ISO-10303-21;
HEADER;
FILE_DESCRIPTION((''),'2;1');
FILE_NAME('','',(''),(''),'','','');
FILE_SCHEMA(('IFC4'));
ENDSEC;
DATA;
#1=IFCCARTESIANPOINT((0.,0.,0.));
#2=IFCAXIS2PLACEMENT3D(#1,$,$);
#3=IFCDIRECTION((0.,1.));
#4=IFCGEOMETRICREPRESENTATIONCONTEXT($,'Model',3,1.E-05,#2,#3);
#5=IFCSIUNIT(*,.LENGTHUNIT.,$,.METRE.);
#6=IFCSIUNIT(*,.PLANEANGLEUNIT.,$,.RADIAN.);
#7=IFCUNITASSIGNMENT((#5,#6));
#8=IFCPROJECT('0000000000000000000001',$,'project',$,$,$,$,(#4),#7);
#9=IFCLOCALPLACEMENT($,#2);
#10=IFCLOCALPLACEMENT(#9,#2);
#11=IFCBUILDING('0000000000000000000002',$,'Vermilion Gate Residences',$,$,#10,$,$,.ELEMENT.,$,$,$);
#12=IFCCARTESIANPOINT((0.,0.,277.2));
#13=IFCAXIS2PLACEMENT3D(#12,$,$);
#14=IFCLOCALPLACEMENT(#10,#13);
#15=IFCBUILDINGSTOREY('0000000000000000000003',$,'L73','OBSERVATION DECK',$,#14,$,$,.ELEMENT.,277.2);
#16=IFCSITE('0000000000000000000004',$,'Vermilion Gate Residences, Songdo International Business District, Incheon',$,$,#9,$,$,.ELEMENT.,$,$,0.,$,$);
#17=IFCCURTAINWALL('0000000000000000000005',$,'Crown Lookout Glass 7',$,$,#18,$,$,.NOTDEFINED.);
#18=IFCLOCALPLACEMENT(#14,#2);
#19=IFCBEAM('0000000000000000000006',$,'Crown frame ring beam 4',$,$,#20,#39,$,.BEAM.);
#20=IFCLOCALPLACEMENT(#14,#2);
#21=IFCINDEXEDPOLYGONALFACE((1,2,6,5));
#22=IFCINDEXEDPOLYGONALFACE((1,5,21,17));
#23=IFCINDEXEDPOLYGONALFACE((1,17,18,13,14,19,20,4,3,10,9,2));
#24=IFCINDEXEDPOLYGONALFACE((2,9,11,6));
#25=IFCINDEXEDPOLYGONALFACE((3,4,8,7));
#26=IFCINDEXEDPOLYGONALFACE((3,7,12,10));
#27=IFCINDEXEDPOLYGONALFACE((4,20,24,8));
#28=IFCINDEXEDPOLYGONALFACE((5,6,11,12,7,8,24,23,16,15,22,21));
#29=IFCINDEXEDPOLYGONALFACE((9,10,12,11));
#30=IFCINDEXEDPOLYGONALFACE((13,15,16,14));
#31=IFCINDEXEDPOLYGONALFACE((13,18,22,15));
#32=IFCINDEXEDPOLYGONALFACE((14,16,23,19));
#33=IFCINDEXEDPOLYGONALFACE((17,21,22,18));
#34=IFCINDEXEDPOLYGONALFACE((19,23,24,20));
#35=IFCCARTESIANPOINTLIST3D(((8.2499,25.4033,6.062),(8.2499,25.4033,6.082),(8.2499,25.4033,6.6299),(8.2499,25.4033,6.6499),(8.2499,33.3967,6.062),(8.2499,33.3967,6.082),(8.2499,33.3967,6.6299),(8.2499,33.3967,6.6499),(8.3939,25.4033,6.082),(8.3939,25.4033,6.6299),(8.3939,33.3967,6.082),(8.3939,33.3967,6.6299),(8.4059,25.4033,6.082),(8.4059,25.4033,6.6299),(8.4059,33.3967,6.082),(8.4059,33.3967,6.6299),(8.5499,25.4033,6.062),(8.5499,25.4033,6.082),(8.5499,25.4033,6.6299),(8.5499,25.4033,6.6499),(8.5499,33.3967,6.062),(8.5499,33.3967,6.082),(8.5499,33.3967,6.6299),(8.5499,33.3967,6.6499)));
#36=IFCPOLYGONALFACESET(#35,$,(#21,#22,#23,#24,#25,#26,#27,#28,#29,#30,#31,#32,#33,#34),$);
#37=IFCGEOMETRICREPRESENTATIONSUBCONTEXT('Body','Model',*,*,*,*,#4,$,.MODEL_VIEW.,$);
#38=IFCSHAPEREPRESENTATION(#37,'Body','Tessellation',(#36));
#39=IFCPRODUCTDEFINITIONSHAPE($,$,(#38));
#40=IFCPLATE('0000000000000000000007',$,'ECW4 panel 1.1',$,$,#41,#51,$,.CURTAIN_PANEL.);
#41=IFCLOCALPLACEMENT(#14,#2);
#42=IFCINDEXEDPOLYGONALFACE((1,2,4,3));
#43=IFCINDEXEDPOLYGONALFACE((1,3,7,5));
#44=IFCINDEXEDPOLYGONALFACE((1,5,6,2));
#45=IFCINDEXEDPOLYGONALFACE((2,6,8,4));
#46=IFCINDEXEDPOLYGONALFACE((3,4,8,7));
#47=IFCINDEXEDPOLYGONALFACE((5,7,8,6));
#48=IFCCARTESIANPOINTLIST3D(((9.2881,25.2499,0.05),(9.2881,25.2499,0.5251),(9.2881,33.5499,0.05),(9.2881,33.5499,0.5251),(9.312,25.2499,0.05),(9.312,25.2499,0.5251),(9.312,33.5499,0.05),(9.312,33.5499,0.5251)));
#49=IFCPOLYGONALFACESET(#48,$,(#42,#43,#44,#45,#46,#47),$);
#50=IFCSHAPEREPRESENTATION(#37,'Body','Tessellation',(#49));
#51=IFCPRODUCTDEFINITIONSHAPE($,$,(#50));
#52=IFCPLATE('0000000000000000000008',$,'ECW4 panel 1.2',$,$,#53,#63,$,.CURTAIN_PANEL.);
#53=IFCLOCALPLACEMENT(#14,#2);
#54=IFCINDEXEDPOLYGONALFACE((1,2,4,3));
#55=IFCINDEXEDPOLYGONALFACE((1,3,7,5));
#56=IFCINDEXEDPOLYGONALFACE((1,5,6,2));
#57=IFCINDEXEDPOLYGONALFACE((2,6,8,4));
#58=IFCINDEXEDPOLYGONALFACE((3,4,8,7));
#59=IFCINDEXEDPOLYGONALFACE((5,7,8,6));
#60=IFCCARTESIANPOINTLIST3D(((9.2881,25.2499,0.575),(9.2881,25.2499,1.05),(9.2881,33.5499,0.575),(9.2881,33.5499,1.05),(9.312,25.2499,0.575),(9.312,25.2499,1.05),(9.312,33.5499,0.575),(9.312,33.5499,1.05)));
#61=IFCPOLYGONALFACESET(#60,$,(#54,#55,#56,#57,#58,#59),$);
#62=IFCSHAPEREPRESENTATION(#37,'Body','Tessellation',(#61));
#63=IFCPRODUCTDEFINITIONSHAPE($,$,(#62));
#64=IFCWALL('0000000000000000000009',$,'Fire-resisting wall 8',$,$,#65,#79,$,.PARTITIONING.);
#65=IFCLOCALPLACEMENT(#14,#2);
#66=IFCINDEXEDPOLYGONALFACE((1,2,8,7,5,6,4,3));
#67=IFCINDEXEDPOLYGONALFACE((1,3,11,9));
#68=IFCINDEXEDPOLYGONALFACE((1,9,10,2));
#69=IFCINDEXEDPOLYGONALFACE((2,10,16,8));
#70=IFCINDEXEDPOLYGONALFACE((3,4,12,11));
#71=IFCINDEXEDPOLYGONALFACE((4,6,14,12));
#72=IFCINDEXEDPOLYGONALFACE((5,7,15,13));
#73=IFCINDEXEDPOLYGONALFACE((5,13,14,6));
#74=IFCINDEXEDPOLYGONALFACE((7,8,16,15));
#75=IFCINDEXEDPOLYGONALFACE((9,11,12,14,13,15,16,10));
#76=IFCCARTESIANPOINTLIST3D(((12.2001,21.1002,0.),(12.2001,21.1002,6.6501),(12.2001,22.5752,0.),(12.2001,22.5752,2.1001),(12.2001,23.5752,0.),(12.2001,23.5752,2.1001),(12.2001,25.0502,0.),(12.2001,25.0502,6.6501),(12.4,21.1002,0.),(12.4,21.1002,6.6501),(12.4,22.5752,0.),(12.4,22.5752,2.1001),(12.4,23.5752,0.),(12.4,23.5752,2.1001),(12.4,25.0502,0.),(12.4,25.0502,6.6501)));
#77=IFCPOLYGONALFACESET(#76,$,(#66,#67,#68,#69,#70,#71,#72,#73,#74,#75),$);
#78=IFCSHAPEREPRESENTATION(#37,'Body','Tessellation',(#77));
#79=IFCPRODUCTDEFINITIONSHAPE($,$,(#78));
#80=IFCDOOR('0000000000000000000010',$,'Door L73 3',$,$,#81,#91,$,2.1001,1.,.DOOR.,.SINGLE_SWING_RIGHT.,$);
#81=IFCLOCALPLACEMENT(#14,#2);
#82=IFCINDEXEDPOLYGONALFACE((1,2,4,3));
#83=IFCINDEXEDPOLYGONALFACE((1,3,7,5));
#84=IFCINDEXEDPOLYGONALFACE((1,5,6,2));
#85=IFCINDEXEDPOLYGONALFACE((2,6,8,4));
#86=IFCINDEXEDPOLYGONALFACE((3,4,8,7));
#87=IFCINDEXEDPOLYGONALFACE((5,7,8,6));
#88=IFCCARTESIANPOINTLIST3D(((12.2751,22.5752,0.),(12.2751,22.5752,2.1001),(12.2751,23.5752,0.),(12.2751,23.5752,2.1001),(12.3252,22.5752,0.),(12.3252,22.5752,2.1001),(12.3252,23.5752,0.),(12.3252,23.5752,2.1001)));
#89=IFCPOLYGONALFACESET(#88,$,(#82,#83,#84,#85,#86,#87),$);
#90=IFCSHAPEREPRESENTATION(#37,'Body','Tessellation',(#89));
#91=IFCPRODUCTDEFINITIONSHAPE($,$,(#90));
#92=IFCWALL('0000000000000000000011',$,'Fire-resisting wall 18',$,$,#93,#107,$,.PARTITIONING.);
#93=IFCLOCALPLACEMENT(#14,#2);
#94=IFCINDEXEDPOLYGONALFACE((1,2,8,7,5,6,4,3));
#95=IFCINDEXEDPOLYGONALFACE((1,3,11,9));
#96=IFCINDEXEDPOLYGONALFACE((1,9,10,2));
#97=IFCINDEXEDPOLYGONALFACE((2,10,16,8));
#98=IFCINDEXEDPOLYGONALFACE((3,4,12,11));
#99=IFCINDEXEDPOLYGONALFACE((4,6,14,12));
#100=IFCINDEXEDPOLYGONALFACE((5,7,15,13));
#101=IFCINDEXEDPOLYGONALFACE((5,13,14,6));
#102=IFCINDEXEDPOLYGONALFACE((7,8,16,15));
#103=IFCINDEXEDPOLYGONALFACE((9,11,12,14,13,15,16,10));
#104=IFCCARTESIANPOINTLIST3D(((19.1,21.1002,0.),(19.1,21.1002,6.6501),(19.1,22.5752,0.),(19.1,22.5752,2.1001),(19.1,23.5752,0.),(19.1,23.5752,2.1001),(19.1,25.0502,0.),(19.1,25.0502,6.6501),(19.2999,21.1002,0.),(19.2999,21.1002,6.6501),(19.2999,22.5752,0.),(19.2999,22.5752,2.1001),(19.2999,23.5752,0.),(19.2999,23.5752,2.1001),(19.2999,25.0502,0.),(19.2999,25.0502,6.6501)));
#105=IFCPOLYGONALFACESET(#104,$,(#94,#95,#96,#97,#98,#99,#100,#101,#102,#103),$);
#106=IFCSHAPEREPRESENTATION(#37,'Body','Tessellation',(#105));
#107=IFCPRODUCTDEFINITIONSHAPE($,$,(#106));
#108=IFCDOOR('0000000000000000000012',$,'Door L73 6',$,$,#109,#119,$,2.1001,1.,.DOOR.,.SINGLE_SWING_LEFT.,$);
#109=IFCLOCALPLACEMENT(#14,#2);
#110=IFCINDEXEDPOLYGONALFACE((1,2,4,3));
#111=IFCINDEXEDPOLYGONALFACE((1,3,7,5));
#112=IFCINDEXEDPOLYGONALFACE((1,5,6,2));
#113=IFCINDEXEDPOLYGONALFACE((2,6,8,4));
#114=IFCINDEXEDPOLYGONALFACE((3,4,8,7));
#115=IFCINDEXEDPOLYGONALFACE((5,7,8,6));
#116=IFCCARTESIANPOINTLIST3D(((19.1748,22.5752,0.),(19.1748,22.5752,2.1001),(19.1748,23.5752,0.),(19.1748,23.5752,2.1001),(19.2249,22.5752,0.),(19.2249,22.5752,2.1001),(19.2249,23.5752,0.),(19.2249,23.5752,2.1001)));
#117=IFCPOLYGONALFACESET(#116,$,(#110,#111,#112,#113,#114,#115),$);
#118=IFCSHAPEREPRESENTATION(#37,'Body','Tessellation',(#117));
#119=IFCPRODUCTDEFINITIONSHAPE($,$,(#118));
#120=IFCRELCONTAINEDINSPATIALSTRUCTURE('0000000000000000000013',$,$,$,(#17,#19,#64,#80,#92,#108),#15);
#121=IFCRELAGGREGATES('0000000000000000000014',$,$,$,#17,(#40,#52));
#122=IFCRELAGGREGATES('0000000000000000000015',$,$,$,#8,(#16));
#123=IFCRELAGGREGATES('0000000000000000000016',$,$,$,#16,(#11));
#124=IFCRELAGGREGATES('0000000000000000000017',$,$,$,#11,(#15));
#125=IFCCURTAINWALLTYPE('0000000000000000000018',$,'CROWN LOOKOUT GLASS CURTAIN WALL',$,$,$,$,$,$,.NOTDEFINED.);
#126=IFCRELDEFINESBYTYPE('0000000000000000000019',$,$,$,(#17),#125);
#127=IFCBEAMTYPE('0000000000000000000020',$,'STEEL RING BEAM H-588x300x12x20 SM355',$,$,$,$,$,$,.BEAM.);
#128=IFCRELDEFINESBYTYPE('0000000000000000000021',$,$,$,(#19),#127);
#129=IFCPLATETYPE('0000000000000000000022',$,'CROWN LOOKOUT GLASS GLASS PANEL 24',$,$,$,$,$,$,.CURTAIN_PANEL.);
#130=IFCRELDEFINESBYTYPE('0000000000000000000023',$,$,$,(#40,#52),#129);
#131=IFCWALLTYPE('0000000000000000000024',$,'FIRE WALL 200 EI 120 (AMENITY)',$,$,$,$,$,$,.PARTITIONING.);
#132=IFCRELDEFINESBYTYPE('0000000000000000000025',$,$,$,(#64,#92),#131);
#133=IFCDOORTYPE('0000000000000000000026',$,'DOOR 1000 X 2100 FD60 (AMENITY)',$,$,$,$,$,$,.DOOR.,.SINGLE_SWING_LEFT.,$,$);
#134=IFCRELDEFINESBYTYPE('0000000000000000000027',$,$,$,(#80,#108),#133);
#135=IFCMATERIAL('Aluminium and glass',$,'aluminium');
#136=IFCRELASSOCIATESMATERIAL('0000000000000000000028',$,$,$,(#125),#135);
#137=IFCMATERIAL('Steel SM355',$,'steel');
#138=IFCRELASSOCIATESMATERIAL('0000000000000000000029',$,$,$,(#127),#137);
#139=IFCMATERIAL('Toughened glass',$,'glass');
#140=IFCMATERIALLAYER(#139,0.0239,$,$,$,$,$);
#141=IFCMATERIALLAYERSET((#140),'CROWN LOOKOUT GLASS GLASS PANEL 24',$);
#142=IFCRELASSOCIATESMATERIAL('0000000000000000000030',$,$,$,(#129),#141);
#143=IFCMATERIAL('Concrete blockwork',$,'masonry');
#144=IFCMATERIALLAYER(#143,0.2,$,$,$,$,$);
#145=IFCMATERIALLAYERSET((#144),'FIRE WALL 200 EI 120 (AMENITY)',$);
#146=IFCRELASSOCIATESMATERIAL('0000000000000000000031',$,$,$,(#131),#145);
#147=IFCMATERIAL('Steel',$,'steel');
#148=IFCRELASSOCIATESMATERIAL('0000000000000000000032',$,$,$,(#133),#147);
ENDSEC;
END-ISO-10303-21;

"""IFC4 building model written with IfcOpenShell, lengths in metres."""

from ifc_helpers import new_model, si_unit, direction, frame, frame_2d, origin, origin_2d, place, context, subcontext, project, spatial, rectangle, i_section, extrude, material, layer, layer_set, material_profile, profile_set, type_object, element, fill, aggregate, save


model = new_model("IFC4")

# Units and contexts
model_context = context("Model", 3, precision=1e-05, world=origin(), true_north=direction((0.0, 1.0)))
body_context = subcontext(model_context, "Body", "Model", "MODEL_VIEW")
ifc_project = project(units=[si_unit("LENGTHUNIT", "METRE"), si_unit("PLANEANGLEUNIT", "RADIAN")], contexts=[model_context])

# Site, building, storey
site_placement = place(None, origin())
site = spatial("IfcSite", under=ifc_project, at=site_placement, Name="Vermilion Gate Residences, Songdo International Business District, Incheon", CompositionType="ELEMENT", RefElevation=0.0)
building_placement = place(site_placement, origin())
building = spatial("IfcBuilding", under=site, at=building_placement, Name="Vermilion Gate Residences", CompositionType="ELEMENT")
storey_placement = place(building_placement, frame((0.0, 0.0, 277.2)))
storey = spatial("IfcBuildingStorey", under=building, at=storey_placement, Name="L73", Description="OBSERVATION DECK", CompositionType="ELEMENT", Elevation=277.2)

# Curtain wall
ifc_material_1 = material(Name="Aluminium and glass", Category="aluminium")
curtain_wall_type = type_object("IfcCurtainWallType", Name="CROWN LOOKOUT GLASS CURTAIN WALL", PredefinedType="NOTDEFINED", material=ifc_material_1)
curtain_wall_placement = place(storey_placement, origin())
curtain_wall = element("IfcCurtainWall", 1, at=curtain_wall_placement, inside=storey, type_object=curtain_wall_type, Name="Crown Lookout Glass 7", PredefinedType="NOTDEFINED")

# Beam
ifc_material_2 = material(Name="Steel SM355", Category="steel")
ifc_material_profile_1 = material_profile(ifc_material_2, i_section(OverallWidth=0.3, OverallDepth=0.5879, WebThickness=0.012, FlangeThickness=0.02, at=origin_2d()), Name="H-588x300x12x20")
ifc_profile_set_1 = profile_set([ifc_material_profile_1], Name="Steel SM355")
beam_type_1 = type_object("IfcBeamType", Name="STEEL RING BEAM H-588x300x12x20 SM355", PredefinedType="BEAM", material=ifc_profile_set_1)
beam_1_placement = place(storey_placement, frame((8.3999, 25.4033, 6.356), z_axis=(0.0, 1.0, 0.0), x_axis=(-1.0, 0.0, 0.0)))
element("IfcBeam", 2, at=beam_1_placement, inside=storey, type_object=beam_type_1, Name="Crown frame ring beam 4", PredefinedType="BEAM", context=body_context, shape_type="SweptSolid", body=[
    extrude(i_section(OverallWidth=0.3, OverallDepth=0.5879, WebThickness=0.012, FlangeThickness=0.02, at=origin_2d()), origin(), (0.0, 0.0, 1.0), 7.9934),
])

# Plates
ifc_material_3 = material(Name="Toughened glass", Category="glass")
ifc_layer_1 = layer(ifc_material_3, 0.0239)
ifc_layer_set_1 = layer_set([ifc_layer_1], Name="CROWN LOOKOUT GLASS GLASS PANEL 24")
plate_type = type_object("IfcPlateType", Name="CROWN LOOKOUT GLASS GLASS PANEL 24", PredefinedType="CURTAIN_PANEL", material=ifc_layer_set_1)
plate_1_placement = place(storey_placement, frame((9.3, 29.3999, 0.05), z_axis=(0.0, 0.0, 1.0), x_axis=(0.0, -1.0, 0.0)))
plate_1 = element("IfcPlate", 3, at=plate_1_placement, type_object=plate_type, Name="ECW4 panel 1.1", PredefinedType="CURTAIN_PANEL", context=body_context, shape_type="SweptSolid", body=[
    extrude(rectangle(XDim=8.3, YDim=0.0239, at=origin_2d()), origin(), (0.0, 0.0, 1.0), 0.4751),
])
plate_2_placement = place(storey_placement, frame((9.3, 29.3999, 0.575), z_axis=(0.0, 0.0, 1.0), x_axis=(0.0, -1.0, 0.0)))
plate_2 = element("IfcPlate", 4, at=plate_2_placement, type_object=plate_type, Name="ECW4 panel 1.2", PredefinedType="CURTAIN_PANEL", context=body_context, shape_type="SweptSolid", body=[
    extrude(rectangle(XDim=8.3, YDim=0.0239, at=origin_2d()), origin(), (0.0, 0.0, 1.0), 0.4751),
])
aggregate(curtain_wall, [plate_1, plate_2])

# Walls, openings, doors
ifc_material_4 = material(Name="Concrete blockwork", Category="masonry")
ifc_layer_2 = layer(ifc_material_4, 0.2)
ifc_layer_set_2 = layer_set([ifc_layer_2], Name="FIRE WALL 200 EI 120 (AMENITY)")
wall_type_1 = type_object("IfcWallType", Name="FIRE WALL 200 EI 120 (AMENITY)", PredefinedType="PARTITIONING", material=ifc_layer_set_2)
wall_1_placement = place(storey_placement, frame((12.3, 21.1001, 0.0), z_axis=(0.0, 0.0, 1.0), x_axis=(0.0, 1.0, 0.0)))
wall_1 = element("IfcWall", 5, at=wall_1_placement, inside=storey, type_object=wall_type_1, Name="Fire-resisting wall 8", PredefinedType="PARTITIONING", context=body_context, shape_type="SweptSolid", body=[
    extrude(rectangle(XDim=3.95, YDim=0.2, at=frame_2d((1.9751, 0.0))), origin(), (0.0, 0.0, 1.0), 6.6501),
])
opening_1_placement = place(wall_1_placement, frame((1.4751, 0.0, 0.0)))
opening_1 = element("IfcOpeningElement", 6, at=opening_1_placement, cuts=wall_1, PredefinedType="OPENING", context=body_context, shape_type="SweptSolid", body=[
    extrude(rectangle(XDim=1.0, YDim=2.1001, at=frame_2d((0.5, 1.05))), frame((0.0, 0.1099, 0.0), z_axis=(0.0, -1.0, 0.0), x_axis=(1.0, 0.0, 0.0)), (0.0, 0.0, 1.0), 0.22),
])
ifc_material_5 = material(Name="Steel", Category="steel")
door_type = type_object("IfcDoorType", Name="DOOR 1000 X 2100 FD60 (AMENITY)", OperationType="SINGLE_SWING_LEFT", PredefinedType="DOOR", material=ifc_material_5)
door_1_placement = place(opening_1_placement, origin())
door_1 = element("IfcDoor", 7, at=door_1_placement, inside=storey, type_object=door_type, Name="Door L73 3", OperationType="SINGLE_SWING_RIGHT", OverallHeight=2.1001, OverallWidth=1.0, PredefinedType="DOOR", context=body_context, shape_type="SweptSolid", body=[
    extrude(rectangle(XDim=1.0, YDim=2.1001, at=frame_2d((0.5, 1.05))), frame((0.0, 0.0249, 0.0), z_axis=(0.0, -1.0, 0.0), x_axis=(1.0, 0.0, 0.0)), (0.0, 0.0, 1.0), 0.05),
])
fill(opening_1, door_1)
wall_2_placement = place(storey_placement, frame((19.2, 21.1001, 0.0), z_axis=(0.0, 0.0, 1.0), x_axis=(0.0, 1.0, 0.0)))
wall_2 = element("IfcWall", 8, at=wall_2_placement, inside=storey, type_object=wall_type_1, Name="Fire-resisting wall 18", PredefinedType="PARTITIONING", context=body_context, shape_type="SweptSolid", body=[
    extrude(rectangle(XDim=3.95, YDim=0.2, at=frame_2d((1.9751, 0.0))), origin(), (0.0, 0.0, 1.0), 6.6501),
])
opening_2_placement = place(wall_2_placement, frame((1.4751, 0.0, 0.0)))
opening_2 = element("IfcOpeningElement", 9, at=opening_2_placement, cuts=wall_2, PredefinedType="OPENING", context=body_context, shape_type="SweptSolid", body=[
    extrude(rectangle(XDim=1.0, YDim=2.1001, at=frame_2d((0.5, 1.05))), frame((0.0, 0.1099, 0.0), z_axis=(0.0, -1.0, 0.0), x_axis=(1.0, 0.0, 0.0)), (0.0, 0.0, 1.0), 0.22),
])
door_2_placement = place(opening_2_placement, frame((1.0, 0.0, 0.0), z_axis=(0.0, 0.0, 1.0), x_axis=(-1.0, 0.0, 0.0)))
door_2 = element("IfcDoor", 10, at=door_2_placement, inside=storey, type_object=door_type, Name="Door L73 6", OperationType="SINGLE_SWING_LEFT", OverallHeight=2.1001, OverallWidth=1.0, PredefinedType="DOOR", context=body_context, shape_type="SweptSolid", body=[
    extrude(rectangle(XDim=1.0, YDim=2.1001, at=frame_2d((0.5, 1.05))), frame((0.0, 0.0249, 0.0), z_axis=(0.0, -1.0, 0.0), x_axis=(1.0, 0.0, 0.0)), (0.0, 0.0, 1.0), 0.05),
])
fill(opening_2, door_2)

save(model, "model.ifc")
